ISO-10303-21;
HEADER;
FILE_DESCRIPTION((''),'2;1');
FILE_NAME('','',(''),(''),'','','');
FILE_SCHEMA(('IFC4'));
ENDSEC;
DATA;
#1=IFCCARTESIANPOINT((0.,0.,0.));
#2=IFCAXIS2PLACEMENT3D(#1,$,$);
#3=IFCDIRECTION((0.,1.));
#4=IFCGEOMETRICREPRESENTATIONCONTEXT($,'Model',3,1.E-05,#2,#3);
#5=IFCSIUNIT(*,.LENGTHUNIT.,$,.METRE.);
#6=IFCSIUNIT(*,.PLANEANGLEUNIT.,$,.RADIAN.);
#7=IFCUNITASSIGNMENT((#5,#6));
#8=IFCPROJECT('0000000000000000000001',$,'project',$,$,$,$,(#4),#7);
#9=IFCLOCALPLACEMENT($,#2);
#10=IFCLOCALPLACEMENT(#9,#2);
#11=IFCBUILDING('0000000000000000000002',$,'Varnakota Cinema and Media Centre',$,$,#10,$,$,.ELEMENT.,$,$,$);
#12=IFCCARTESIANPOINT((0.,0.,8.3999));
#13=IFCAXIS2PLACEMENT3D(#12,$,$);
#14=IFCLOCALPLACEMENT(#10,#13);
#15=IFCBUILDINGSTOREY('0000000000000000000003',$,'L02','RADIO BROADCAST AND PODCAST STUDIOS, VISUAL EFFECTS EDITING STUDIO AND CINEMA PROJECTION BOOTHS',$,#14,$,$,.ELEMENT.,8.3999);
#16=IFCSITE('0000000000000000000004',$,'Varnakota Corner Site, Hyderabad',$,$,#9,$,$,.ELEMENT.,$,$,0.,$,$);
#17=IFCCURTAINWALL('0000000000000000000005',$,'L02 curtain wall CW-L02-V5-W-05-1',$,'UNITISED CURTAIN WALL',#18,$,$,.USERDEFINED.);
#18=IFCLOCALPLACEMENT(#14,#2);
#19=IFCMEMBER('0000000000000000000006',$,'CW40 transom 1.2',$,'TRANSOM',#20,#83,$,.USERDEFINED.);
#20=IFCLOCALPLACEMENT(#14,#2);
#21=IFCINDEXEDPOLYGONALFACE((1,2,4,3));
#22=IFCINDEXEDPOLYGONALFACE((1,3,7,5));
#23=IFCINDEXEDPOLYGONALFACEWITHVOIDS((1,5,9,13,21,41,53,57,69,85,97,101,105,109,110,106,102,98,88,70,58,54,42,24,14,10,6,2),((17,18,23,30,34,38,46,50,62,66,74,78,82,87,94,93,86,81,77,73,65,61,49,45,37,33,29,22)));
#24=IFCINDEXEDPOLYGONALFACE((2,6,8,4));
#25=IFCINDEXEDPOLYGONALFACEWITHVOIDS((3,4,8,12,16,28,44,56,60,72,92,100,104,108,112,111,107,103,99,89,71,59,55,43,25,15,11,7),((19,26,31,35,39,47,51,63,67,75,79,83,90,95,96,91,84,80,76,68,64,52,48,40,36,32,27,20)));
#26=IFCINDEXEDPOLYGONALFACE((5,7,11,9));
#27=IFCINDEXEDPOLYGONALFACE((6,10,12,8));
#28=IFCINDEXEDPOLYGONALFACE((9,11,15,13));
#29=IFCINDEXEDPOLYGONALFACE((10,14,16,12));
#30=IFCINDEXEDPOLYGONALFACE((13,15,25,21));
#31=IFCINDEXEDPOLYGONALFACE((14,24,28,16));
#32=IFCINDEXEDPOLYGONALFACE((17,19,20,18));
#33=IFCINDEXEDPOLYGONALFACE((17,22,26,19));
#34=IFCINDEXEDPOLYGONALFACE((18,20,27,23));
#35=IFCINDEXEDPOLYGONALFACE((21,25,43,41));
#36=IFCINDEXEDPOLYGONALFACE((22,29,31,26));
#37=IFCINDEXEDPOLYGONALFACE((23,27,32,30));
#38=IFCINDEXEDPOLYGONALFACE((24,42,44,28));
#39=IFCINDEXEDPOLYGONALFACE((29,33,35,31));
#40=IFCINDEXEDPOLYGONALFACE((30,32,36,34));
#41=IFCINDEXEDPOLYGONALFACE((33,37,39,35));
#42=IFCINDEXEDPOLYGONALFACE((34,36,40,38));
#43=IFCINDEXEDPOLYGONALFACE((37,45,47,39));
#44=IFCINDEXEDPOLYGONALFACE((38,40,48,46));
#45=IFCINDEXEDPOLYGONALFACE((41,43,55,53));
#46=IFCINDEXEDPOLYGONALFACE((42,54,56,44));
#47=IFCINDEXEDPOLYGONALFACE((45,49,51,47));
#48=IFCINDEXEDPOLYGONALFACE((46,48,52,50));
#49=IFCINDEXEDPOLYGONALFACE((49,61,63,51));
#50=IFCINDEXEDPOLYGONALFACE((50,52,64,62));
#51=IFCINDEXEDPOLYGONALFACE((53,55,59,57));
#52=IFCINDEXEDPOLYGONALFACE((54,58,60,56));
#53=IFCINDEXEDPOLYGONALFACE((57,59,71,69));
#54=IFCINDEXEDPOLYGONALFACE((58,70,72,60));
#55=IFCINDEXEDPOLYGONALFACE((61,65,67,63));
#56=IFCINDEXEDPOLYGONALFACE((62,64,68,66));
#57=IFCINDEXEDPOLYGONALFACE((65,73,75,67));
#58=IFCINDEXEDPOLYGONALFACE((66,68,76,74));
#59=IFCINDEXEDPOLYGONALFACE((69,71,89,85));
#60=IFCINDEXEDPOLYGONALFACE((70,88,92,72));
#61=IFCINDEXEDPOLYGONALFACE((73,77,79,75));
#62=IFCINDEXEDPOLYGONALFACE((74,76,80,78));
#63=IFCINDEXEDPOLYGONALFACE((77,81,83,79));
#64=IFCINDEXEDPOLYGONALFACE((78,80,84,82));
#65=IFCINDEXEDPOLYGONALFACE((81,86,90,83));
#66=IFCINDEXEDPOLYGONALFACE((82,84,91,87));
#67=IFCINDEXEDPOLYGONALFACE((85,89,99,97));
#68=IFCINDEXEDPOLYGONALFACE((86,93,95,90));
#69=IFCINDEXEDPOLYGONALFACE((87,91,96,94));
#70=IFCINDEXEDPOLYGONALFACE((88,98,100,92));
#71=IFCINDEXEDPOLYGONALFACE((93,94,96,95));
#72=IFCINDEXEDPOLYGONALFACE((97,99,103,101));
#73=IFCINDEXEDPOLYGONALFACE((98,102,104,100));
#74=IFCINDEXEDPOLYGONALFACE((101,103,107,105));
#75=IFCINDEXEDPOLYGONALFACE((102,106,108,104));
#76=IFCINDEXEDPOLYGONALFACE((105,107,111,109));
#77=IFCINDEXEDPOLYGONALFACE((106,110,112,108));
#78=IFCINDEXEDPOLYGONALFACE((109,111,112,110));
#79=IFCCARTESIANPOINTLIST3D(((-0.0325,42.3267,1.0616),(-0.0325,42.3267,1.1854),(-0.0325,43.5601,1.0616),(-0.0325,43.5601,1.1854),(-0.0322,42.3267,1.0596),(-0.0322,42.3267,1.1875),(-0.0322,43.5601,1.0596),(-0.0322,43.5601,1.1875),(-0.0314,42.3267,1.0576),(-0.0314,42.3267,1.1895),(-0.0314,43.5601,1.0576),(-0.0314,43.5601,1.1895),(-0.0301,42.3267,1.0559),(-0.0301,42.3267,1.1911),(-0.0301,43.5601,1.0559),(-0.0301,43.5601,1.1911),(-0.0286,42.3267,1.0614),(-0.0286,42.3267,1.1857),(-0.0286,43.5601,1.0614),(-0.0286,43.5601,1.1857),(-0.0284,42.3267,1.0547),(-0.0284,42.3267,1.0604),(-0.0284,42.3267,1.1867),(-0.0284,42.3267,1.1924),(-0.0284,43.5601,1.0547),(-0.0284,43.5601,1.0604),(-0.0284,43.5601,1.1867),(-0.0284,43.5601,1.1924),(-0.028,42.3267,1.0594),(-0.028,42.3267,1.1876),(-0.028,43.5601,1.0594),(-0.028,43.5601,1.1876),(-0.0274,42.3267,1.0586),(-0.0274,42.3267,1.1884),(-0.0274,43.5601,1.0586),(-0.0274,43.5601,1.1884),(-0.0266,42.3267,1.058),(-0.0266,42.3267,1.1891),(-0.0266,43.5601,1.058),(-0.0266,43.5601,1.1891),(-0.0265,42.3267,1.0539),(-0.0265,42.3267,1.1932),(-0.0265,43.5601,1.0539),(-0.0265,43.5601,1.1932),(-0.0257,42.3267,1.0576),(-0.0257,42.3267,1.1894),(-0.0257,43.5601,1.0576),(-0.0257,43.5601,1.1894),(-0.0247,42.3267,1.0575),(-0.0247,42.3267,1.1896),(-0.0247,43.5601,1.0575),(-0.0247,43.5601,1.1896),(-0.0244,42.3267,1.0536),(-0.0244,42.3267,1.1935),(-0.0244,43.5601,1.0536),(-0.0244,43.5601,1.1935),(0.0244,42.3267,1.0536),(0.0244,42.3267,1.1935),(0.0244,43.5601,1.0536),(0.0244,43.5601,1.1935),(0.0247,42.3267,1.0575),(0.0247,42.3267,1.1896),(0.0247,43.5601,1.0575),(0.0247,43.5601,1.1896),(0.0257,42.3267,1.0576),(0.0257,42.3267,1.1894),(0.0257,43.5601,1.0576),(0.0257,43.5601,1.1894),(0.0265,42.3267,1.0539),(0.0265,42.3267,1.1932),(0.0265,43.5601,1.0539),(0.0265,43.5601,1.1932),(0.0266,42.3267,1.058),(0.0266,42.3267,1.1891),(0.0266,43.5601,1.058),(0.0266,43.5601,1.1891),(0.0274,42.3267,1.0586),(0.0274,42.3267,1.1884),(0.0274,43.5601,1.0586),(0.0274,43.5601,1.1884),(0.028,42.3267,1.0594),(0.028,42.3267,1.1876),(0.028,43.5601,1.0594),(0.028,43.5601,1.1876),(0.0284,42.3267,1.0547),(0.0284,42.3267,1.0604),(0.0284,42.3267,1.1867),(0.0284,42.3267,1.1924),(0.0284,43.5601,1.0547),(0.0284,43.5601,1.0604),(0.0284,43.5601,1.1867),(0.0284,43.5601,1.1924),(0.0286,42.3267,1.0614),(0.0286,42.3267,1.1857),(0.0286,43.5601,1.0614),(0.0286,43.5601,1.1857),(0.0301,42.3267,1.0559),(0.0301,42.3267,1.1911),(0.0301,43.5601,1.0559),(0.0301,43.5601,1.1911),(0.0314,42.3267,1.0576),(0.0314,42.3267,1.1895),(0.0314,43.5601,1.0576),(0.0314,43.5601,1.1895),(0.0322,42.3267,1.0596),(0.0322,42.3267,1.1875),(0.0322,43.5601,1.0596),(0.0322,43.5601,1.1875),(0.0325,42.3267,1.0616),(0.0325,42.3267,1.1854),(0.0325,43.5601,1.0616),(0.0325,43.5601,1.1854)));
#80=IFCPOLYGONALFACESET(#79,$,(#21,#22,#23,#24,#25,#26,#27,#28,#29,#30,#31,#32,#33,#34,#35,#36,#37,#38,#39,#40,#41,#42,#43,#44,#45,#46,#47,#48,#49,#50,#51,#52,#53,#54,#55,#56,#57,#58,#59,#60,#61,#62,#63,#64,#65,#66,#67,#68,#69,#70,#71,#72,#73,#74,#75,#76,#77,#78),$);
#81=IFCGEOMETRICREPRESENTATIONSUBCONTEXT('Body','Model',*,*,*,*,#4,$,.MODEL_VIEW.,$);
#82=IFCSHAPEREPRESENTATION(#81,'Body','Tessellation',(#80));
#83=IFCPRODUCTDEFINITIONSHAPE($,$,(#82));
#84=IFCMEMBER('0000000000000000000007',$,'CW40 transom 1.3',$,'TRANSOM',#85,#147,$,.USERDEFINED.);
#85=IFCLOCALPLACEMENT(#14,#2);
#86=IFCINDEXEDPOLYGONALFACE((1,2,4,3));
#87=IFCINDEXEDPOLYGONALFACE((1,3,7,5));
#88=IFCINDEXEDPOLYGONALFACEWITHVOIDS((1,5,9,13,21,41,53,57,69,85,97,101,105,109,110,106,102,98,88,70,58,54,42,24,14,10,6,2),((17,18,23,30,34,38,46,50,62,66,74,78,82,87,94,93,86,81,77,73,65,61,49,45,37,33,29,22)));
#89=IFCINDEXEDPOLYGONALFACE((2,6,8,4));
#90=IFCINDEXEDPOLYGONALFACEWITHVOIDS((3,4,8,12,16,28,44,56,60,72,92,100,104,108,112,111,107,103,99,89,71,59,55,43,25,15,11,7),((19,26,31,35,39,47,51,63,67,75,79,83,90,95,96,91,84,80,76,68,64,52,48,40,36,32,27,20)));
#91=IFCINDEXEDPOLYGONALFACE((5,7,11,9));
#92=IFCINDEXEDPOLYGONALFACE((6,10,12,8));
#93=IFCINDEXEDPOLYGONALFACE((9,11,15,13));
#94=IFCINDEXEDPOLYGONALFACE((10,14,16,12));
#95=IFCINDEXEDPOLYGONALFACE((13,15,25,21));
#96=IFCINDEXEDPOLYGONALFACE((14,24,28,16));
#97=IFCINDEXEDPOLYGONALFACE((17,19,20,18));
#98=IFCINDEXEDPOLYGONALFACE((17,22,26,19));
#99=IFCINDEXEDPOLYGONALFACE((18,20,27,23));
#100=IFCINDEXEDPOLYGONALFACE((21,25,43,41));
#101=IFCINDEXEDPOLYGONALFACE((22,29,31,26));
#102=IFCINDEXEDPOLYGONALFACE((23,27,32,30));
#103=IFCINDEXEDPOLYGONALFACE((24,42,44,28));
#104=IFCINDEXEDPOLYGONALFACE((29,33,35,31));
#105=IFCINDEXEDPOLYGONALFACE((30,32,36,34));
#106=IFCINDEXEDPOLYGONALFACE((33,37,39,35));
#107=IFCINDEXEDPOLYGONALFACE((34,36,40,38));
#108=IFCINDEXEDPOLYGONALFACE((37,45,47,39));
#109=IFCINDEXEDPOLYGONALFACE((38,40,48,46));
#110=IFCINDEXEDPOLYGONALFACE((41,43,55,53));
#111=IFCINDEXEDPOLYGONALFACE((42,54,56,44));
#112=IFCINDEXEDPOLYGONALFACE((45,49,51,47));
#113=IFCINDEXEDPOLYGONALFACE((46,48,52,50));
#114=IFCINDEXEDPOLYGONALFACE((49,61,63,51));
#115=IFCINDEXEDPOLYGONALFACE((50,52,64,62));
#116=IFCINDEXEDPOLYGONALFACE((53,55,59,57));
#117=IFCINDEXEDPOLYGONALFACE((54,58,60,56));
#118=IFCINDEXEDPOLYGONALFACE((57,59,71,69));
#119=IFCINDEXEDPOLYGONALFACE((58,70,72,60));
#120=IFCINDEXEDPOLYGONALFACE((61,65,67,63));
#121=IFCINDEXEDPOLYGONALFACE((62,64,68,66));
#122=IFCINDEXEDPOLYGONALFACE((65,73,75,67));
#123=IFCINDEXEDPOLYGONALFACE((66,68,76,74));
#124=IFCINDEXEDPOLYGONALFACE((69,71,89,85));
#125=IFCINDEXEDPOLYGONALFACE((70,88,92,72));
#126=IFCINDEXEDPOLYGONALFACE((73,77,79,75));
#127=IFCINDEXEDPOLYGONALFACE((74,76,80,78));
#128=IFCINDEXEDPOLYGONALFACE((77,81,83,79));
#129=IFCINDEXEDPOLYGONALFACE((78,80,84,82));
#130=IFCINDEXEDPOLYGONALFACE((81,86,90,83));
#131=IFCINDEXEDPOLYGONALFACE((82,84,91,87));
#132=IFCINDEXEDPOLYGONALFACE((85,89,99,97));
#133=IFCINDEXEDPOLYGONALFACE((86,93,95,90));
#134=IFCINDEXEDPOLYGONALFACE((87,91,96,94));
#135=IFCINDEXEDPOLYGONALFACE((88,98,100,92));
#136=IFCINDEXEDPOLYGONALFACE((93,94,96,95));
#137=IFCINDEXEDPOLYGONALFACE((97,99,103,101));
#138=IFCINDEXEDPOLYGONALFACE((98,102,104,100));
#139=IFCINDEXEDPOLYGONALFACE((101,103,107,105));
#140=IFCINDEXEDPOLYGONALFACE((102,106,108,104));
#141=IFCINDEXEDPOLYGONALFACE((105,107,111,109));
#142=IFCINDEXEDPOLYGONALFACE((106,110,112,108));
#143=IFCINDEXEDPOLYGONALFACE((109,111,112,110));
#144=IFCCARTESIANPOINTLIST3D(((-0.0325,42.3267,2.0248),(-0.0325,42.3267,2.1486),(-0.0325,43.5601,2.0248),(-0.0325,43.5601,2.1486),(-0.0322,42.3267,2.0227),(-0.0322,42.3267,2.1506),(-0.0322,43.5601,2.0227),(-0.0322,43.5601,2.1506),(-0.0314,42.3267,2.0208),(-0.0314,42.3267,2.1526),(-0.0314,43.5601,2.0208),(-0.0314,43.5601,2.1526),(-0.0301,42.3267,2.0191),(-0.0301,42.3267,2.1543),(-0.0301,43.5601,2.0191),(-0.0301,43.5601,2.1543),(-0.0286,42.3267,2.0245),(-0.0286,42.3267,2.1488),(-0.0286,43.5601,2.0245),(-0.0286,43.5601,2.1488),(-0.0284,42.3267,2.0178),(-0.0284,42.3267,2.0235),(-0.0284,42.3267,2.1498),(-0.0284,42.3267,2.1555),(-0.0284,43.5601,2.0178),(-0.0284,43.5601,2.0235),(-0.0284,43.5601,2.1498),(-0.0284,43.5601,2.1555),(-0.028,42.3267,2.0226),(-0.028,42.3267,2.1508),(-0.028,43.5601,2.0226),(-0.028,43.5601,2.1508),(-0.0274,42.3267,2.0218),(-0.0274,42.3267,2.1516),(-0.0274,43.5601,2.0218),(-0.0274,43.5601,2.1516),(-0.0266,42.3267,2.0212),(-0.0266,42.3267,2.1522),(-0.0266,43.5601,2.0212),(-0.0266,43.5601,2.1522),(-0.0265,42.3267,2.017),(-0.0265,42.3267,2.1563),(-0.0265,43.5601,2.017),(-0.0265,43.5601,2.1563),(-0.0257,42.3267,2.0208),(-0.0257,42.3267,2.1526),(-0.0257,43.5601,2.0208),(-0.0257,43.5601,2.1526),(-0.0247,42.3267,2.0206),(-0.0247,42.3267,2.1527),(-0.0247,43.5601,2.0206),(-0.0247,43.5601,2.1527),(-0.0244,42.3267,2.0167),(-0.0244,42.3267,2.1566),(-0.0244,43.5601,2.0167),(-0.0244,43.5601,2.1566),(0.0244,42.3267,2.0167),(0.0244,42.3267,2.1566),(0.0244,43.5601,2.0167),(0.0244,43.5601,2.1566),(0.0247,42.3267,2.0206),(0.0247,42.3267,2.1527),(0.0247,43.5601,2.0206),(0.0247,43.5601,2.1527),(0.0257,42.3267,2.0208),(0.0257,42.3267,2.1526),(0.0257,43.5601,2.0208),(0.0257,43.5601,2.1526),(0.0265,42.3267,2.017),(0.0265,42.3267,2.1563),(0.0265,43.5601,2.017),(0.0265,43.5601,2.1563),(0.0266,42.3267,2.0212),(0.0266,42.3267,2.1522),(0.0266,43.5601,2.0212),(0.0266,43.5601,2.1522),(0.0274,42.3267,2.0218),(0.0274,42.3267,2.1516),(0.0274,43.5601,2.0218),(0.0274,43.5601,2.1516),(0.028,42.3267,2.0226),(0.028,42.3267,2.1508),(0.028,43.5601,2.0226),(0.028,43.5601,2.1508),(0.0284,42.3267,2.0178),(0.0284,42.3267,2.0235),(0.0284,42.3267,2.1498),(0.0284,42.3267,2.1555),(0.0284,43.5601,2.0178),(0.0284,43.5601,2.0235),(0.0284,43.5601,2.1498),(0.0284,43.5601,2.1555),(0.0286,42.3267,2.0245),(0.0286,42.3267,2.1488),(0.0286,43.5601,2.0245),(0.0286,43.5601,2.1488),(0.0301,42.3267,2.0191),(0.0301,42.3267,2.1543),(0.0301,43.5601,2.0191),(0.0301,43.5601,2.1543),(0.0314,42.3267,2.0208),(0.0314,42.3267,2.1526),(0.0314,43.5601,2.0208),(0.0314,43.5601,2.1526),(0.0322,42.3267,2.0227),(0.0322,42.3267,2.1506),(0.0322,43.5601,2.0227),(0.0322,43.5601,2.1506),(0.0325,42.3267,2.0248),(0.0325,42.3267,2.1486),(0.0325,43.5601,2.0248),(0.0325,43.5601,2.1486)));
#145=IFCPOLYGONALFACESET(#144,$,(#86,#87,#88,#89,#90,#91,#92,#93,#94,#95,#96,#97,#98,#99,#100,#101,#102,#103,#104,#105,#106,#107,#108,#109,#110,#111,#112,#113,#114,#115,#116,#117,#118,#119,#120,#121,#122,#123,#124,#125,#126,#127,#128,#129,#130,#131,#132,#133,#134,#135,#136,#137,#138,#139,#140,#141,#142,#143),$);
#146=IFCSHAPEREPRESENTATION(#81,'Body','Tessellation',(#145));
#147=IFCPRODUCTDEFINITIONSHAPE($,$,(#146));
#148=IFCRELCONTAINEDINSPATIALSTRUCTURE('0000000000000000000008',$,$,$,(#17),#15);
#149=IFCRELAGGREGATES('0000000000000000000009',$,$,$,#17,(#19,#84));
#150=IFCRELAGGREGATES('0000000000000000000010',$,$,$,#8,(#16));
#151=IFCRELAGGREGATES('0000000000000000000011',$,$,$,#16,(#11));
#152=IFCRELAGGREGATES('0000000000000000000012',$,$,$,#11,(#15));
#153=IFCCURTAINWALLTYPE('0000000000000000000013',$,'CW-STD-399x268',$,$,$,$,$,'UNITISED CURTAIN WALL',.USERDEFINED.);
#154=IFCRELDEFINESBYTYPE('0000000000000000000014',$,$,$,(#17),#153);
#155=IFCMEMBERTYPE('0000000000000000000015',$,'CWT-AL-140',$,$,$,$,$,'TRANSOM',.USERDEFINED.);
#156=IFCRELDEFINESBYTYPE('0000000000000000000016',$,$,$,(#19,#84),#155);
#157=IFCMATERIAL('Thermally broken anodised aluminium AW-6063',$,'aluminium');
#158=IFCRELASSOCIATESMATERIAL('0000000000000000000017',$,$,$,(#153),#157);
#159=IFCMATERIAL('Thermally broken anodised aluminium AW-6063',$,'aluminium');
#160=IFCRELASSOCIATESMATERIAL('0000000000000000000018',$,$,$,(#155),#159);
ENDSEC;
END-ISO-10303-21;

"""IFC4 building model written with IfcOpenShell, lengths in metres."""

from ifc_helpers import new_model, si_unit, direction, frame, origin, origin_2d, place, context, subcontext, project, spatial, hollow_rectangle, extrude, material, material_profile, profile_set, type_object, element, aggregate, save


model = new_model("IFC4")

# Units and contexts
model_context = context("Model", 3, precision=1e-05, world=origin(), true_north=direction((0.0, 1.0)))
body_context = subcontext(model_context, "Body", "Model", "MODEL_VIEW")
ifc_project = project(units=[si_unit("LENGTHUNIT", "METRE"), si_unit("PLANEANGLEUNIT", "RADIAN")], contexts=[model_context])

# Site, building, storey
site_placement = place(None, origin())
site = spatial("IfcSite", under=ifc_project, at=site_placement, Name="Varnakota Corner Site, Hyderabad", CompositionType="ELEMENT", RefElevation=0.0)
building_placement = place(site_placement, origin())
building = spatial("IfcBuilding", under=site, at=building_placement, Name="Varnakota Cinema and Media Centre", CompositionType="ELEMENT")
storey_placement = place(building_placement, frame((0.0, 0.0, 8.3999)))
storey = spatial("IfcBuildingStorey", under=building, at=storey_placement, Name="L02", Description="RADIO BROADCAST AND PODCAST STUDIOS, VISUAL EFFECTS EDITING STUDIO AND CINEMA PROJECTION BOOTHS", CompositionType="ELEMENT", Elevation=8.3999)

# Curtain wall, members
ifc_material_1 = material(Name="Thermally broken anodised aluminium AW-6063", Category="aluminium")
curtain_wall_type = type_object("IfcCurtainWallType", Name="CW-STD-399x268", ElementType="UNITISED CURTAIN WALL", PredefinedType="USERDEFINED", material=ifc_material_1)
curtain_wall_placement = place(storey_placement, origin())
curtain_wall = element("IfcCurtainWall", 1, at=curtain_wall_placement, inside=storey, type_object=curtain_wall_type, Name="L02 curtain wall CW-L02-V5-W-05-1", ObjectType="UNITISED CURTAIN WALL", PredefinedType="USERDEFINED")
ifc_material_2 = material(Name="Thermally broken anodised aluminium AW-6063", Category="aluminium")
ifc_material_profile_1 = material_profile(ifc_material_2, hollow_rectangle(XDim=0.0649, YDim=0.1399, WallThickness=0.0039, InnerFilletRadius=0.0039, OuterFilletRadius=0.0081, at=origin_2d()), Name="AL-TRANSOM 140x65x4")
ifc_profile_set_1 = profile_set([ifc_material_profile_1], Name="Thermally broken anodised aluminium AW-6063")
member_type_1 = type_object("IfcMemberType", Name="CWT-AL-140", ElementType="TRANSOM", PredefinedType="USERDEFINED", material=ifc_profile_set_1)
member_1_placement = place(storey_placement, frame((0.0, 43.5601, 1.1235), z_axis=(0.0, -1.0, 0.0), x_axis=(1.0, 0.0, 0.0)))
member_1 = element("IfcMember", 2, at=member_1_placement, type_object=member_type_1, Name="CW40 transom 1.2", ObjectType="TRANSOM", PredefinedType="USERDEFINED", context=body_context, shape_type="SweptSolid", body=[
    extrude(hollow_rectangle(XDim=0.0649, YDim=0.1399, WallThickness=0.0039, InnerFilletRadius=0.0039, OuterFilletRadius=0.0081, at=origin_2d()), origin(), (0.0, 0.0, 1.0), 1.2334),
])
member_2_placement = place(storey_placement, frame((0.0, 43.5601, 2.0867), z_axis=(0.0, -1.0, 0.0), x_axis=(1.0, 0.0, 0.0)))
member_2 = element("IfcMember", 3, at=member_2_placement, type_object=member_type_1, Name="CW40 transom 1.3", ObjectType="TRANSOM", PredefinedType="USERDEFINED", context=body_context, shape_type="SweptSolid", body=[
    extrude(hollow_rectangle(XDim=0.0649, YDim=0.1399, WallThickness=0.0039, InnerFilletRadius=0.0039, OuterFilletRadius=0.0081, at=origin_2d()), origin(), (0.0, 0.0, 1.0), 1.2334),
])
aggregate(curtain_wall, [member_1, member_2])

save(model, "model.ifc")
